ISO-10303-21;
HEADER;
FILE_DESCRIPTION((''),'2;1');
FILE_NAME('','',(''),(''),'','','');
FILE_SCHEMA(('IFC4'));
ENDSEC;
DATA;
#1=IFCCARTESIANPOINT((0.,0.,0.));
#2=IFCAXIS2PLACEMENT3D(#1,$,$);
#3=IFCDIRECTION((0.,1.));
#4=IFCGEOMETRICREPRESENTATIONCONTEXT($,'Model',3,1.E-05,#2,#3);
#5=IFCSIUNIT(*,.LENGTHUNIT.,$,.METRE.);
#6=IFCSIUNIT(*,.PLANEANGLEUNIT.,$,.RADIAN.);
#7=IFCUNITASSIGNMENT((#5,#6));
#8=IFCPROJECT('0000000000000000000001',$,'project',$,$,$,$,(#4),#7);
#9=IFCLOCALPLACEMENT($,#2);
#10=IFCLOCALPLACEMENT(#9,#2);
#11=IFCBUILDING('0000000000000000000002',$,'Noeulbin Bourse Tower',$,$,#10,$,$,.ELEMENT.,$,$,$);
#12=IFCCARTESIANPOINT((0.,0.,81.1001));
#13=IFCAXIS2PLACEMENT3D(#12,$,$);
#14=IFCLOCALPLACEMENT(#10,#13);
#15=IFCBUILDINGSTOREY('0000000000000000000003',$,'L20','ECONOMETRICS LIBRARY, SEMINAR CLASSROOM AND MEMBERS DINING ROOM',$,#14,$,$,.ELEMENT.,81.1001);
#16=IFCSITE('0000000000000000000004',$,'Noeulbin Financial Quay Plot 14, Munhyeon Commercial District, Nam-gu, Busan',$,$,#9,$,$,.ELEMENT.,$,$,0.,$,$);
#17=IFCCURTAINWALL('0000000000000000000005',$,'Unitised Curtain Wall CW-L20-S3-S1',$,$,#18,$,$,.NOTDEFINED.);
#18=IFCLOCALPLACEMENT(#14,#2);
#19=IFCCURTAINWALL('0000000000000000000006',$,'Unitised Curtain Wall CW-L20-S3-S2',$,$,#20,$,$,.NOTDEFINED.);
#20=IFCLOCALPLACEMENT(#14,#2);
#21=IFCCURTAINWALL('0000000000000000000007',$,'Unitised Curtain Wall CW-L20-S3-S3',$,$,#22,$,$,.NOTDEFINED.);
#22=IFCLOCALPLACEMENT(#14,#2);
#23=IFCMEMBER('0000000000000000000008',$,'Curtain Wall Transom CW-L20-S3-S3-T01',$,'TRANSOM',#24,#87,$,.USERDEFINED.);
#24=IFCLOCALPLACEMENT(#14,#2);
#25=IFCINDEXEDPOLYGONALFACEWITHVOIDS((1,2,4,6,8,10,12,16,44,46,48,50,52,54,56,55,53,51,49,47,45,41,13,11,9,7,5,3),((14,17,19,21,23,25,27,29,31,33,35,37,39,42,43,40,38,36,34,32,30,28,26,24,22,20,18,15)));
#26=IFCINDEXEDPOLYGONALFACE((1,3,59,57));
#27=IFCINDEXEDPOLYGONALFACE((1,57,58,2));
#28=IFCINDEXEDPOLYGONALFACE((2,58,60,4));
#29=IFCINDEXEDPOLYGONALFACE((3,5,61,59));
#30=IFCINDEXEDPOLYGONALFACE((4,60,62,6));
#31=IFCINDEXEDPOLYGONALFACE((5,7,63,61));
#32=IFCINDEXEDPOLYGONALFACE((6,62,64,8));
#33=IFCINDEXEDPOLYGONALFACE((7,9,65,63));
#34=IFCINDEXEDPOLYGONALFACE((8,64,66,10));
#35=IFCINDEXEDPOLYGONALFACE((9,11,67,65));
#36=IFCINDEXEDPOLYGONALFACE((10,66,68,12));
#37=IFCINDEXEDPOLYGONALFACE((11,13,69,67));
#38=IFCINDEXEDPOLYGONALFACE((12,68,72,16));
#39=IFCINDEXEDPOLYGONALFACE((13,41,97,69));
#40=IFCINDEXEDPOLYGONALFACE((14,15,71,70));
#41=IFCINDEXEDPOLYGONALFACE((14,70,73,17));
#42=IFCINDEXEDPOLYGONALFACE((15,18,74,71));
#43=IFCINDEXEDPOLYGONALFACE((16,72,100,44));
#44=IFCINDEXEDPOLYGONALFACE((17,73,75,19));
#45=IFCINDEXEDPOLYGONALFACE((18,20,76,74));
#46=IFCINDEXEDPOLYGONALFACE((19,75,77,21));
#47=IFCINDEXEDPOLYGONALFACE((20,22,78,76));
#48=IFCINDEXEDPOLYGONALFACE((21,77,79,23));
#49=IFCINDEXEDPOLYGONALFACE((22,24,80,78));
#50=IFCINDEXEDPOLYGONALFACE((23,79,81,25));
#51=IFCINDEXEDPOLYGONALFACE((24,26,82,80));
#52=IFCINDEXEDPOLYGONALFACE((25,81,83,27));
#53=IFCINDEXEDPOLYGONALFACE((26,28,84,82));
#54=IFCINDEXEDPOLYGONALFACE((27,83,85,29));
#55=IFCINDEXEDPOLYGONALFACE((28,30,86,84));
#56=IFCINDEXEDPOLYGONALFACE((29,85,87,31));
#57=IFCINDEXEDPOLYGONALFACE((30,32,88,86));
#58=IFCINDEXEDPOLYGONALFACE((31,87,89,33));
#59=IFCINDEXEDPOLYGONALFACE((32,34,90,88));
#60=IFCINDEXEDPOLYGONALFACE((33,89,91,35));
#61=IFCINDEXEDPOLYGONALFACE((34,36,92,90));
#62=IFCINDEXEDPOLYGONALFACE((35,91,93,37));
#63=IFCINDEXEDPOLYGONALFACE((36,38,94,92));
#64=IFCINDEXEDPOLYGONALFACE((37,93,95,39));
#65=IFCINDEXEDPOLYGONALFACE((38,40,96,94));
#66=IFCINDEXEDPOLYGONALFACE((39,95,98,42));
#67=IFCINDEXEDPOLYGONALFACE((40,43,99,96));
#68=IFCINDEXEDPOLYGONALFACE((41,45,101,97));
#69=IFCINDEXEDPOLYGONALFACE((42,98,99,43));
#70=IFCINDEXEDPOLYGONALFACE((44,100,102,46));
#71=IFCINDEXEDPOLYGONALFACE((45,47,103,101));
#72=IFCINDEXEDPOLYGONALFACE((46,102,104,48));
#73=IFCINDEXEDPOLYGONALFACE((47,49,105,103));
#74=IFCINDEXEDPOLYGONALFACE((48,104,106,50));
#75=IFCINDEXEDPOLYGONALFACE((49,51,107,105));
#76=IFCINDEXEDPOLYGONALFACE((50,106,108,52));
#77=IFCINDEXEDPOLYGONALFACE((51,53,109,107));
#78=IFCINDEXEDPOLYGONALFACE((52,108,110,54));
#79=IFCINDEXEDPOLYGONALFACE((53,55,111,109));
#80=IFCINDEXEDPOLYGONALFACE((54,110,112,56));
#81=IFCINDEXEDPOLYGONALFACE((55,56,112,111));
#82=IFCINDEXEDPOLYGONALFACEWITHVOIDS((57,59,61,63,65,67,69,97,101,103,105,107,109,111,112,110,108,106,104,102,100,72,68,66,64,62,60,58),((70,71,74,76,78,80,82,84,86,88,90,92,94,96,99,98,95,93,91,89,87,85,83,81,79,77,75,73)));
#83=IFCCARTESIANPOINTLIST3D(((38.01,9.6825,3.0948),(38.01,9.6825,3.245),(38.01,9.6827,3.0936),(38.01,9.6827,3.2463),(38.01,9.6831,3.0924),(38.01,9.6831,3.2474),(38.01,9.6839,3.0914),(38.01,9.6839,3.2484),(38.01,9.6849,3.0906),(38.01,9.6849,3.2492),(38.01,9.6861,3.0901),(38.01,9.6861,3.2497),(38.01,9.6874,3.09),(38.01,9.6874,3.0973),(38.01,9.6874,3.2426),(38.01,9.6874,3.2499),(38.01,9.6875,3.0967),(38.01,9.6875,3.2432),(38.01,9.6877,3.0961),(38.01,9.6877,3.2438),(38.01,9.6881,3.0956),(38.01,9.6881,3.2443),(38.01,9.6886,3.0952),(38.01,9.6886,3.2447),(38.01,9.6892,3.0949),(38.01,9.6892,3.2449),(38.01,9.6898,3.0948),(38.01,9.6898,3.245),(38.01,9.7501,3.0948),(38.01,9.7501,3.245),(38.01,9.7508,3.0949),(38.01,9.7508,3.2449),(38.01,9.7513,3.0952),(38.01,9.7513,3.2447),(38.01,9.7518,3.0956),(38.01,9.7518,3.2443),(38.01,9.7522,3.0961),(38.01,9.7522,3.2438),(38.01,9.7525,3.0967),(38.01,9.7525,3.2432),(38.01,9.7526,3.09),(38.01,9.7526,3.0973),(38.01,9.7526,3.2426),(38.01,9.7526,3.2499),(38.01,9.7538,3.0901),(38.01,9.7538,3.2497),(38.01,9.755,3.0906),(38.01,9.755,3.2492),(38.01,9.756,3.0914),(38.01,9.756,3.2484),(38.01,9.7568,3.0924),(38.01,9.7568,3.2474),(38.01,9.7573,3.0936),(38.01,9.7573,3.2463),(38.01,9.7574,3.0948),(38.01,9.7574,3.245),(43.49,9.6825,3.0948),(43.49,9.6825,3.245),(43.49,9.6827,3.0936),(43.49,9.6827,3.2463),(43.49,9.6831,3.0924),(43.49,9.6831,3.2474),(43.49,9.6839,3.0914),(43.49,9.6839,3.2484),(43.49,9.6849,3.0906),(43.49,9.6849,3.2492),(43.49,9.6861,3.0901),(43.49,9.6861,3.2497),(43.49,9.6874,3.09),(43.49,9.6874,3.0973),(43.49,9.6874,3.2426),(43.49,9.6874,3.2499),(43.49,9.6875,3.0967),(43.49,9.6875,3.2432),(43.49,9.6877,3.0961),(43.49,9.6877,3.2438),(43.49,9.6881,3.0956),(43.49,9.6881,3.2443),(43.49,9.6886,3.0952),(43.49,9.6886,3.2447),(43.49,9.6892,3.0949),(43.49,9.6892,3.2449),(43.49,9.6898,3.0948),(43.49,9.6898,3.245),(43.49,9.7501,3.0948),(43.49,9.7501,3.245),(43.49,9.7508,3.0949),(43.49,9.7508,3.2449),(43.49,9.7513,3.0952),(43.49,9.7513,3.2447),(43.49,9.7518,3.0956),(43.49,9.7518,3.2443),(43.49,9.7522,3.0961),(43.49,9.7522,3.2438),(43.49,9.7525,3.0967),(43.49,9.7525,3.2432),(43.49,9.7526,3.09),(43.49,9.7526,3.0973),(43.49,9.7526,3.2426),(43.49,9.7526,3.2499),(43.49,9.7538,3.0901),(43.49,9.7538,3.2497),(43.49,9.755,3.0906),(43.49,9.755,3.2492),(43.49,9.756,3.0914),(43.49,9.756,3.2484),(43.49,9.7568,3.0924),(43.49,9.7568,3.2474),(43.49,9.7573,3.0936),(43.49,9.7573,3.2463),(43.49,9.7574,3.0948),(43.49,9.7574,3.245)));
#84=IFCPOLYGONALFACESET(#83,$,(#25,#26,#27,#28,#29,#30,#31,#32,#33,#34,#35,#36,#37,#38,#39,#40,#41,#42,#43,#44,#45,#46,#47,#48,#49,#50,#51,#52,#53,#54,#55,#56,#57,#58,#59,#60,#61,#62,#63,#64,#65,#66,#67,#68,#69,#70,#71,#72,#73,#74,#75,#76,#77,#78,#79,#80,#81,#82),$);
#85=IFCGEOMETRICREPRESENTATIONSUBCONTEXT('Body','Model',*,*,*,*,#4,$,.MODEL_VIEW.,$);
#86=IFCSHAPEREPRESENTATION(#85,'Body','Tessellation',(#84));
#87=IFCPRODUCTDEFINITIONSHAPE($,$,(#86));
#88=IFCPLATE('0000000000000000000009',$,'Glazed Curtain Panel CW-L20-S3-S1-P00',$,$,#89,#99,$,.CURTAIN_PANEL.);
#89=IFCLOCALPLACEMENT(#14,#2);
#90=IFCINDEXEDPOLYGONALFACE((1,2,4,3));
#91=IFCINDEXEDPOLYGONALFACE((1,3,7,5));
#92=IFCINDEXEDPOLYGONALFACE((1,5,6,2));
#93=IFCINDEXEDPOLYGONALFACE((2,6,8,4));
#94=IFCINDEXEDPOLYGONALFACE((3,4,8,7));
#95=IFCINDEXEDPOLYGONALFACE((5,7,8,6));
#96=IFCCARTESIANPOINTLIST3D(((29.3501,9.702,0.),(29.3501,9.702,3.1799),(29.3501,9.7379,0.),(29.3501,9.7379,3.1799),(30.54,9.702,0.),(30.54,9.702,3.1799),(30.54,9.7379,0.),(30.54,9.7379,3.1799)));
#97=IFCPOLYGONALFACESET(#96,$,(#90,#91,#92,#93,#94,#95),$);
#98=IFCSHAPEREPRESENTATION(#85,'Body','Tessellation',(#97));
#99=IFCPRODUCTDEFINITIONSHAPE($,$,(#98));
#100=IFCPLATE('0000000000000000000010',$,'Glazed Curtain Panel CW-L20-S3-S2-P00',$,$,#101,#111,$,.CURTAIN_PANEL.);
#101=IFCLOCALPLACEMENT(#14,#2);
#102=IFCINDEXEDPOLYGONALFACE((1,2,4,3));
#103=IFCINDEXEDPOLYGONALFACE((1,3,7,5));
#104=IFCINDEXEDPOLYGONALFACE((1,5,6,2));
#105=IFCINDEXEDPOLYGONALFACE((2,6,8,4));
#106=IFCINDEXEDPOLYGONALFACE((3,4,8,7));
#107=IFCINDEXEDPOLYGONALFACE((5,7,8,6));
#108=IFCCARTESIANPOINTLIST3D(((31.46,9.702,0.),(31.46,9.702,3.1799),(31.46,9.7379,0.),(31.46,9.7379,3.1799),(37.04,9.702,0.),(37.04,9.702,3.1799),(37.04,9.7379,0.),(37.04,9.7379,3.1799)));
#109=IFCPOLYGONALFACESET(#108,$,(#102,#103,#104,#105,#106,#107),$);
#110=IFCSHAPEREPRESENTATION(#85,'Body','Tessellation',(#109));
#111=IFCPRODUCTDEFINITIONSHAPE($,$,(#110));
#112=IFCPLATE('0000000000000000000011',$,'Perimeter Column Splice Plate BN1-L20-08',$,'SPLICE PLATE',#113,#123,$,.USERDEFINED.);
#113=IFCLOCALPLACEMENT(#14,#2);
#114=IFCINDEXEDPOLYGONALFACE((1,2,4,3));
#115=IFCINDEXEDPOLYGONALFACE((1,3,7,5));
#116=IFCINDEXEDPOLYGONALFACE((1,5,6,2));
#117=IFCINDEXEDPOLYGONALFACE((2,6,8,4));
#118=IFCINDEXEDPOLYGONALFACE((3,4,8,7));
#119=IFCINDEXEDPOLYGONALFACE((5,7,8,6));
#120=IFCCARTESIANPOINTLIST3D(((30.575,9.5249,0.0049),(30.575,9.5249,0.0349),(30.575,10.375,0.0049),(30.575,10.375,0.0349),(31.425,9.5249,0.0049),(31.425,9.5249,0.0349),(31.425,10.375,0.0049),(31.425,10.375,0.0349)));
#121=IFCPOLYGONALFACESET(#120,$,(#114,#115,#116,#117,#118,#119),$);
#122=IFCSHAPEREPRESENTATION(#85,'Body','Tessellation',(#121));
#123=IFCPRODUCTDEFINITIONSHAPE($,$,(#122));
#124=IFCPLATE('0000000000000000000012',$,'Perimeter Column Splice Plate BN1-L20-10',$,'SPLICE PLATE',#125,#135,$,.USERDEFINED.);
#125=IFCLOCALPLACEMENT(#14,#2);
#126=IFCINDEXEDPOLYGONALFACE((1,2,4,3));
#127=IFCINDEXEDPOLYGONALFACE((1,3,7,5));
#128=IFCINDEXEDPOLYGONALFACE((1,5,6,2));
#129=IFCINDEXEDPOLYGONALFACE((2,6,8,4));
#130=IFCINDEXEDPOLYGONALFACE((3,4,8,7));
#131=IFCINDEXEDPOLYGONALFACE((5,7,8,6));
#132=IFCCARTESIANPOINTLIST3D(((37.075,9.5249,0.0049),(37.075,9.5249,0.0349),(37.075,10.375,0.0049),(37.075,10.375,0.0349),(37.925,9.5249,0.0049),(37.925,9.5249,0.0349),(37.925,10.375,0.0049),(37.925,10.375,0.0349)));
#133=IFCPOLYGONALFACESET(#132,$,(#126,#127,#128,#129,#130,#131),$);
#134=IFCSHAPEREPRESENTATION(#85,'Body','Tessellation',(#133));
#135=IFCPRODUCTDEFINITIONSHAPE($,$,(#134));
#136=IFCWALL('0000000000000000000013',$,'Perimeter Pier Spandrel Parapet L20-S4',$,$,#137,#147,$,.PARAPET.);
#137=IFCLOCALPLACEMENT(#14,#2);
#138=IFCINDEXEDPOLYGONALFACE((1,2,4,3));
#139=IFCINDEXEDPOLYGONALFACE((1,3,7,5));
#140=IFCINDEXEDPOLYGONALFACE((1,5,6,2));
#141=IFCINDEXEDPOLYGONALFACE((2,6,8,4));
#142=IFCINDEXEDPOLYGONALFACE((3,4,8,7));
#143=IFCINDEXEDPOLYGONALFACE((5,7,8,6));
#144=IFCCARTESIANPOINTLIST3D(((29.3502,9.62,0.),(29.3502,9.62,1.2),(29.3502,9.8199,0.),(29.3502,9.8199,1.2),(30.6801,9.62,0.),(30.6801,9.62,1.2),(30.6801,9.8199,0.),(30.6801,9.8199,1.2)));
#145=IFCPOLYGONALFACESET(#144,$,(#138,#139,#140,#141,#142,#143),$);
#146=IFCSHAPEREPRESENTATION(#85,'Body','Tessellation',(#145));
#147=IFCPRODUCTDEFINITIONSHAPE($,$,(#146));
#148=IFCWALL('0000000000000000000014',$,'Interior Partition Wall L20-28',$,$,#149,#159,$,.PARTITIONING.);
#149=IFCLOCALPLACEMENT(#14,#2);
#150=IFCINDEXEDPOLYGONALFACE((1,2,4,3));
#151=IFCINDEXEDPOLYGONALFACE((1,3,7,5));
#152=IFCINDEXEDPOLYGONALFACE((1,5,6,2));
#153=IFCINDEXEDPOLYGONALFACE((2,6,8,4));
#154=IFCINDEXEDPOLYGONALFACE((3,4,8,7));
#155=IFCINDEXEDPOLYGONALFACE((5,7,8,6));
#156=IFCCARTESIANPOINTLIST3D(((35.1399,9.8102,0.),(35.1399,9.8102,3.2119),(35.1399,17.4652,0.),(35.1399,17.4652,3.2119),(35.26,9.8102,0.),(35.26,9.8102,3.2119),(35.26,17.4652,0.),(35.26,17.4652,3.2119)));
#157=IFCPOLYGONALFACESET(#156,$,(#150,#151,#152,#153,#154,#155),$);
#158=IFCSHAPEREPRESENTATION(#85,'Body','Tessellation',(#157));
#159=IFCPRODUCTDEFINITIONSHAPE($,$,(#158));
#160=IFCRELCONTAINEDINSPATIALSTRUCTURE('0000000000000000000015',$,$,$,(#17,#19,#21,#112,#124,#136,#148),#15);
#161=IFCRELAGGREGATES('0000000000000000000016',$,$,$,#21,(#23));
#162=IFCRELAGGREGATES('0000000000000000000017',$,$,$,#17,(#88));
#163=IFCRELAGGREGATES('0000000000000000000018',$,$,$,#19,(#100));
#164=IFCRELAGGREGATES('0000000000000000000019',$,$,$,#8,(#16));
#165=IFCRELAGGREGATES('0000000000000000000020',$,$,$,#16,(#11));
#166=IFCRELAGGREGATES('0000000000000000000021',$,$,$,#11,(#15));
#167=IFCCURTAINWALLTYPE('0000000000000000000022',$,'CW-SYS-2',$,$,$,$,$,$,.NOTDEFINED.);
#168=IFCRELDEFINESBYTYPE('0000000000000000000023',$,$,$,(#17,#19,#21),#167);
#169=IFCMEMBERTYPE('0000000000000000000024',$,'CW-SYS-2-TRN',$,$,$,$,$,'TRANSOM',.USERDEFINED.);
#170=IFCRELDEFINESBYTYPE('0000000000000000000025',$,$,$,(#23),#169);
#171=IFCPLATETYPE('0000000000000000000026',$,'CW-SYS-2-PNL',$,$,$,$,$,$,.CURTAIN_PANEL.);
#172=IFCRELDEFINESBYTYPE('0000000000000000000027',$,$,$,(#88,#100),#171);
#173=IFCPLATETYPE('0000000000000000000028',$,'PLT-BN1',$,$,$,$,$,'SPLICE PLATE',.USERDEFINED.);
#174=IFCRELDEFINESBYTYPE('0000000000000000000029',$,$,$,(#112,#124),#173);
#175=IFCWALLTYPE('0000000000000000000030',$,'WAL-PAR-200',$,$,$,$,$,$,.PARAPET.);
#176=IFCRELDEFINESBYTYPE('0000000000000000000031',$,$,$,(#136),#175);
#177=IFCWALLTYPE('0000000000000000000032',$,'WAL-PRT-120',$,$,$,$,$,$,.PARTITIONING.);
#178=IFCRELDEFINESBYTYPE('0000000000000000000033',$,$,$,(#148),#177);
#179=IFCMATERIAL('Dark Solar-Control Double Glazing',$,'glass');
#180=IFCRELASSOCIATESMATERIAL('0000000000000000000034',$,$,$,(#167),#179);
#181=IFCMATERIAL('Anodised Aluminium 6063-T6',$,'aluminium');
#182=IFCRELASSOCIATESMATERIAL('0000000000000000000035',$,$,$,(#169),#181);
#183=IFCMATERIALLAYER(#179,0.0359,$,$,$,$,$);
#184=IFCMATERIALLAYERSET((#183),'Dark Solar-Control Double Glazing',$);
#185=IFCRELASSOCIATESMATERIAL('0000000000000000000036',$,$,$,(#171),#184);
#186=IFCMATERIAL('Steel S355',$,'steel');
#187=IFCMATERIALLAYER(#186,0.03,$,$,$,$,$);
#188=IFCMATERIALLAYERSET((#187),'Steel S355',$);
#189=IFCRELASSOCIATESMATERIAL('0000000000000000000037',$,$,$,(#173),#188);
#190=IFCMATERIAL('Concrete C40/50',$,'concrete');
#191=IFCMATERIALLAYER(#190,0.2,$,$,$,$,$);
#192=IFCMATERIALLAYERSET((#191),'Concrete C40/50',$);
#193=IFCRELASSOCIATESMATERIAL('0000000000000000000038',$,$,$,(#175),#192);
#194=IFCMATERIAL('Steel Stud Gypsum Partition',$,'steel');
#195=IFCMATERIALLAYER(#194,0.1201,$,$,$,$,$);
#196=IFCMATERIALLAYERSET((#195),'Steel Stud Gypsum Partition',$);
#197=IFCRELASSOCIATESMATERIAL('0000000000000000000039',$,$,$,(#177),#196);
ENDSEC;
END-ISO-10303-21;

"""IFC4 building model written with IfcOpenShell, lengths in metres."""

from ifc_helpers import new_model, si_unit, direction, frame, frame_2d, origin, origin_2d, place, context, subcontext, project, spatial, rectangle, hollow_rectangle, extrude, material, layer, layer_set, material_profile, profile_set, type_object, element, aggregate, save


model = new_model("IFC4")

# Units and contexts
model_context = context("Model", 3, precision=1e-05, world=origin(), true_north=direction((0.0, 1.0)))
body_context = subcontext(model_context, "Body", "Model", "MODEL_VIEW")
ifc_project = project(units=[si_unit("LENGTHUNIT", "METRE"), si_unit("PLANEANGLEUNIT", "RADIAN")], contexts=[model_context])

# Site, building, storey
site_placement = place(None, origin())
site = spatial("IfcSite", under=ifc_project, at=site_placement, Name="Noeulbin Financial Quay Plot 14, Munhyeon Commercial District, Nam-gu, Busan", CompositionType="ELEMENT", RefElevation=0.0)
building_placement = place(site_placement, origin())
building = spatial("IfcBuilding", under=site, at=building_placement, Name="Noeulbin Bourse Tower", CompositionType="ELEMENT")
storey_placement = place(building_placement, frame((0.0, 0.0, 81.1001)))
storey = spatial("IfcBuildingStorey", under=building, at=storey_placement, Name="L20", Description="ECONOMETRICS LIBRARY, SEMINAR CLASSROOM AND MEMBERS DINING ROOM", CompositionType="ELEMENT", Elevation=81.1001)

# Shared definitions
ifc_material_1 = material(Name="Steel S355", Category="steel")

# Curtain walls
ifc_material_2 = material(Name="Dark Solar-Control Double Glazing", Category="glass")
curtain_wall_type = type_object("IfcCurtainWallType", Name="CW-SYS-2", PredefinedType="NOTDEFINED", material=ifc_material_2)
curtain_wall_1_placement = place(storey_placement, origin())
curtain_wall_1 = element("IfcCurtainWall", 1, at=curtain_wall_1_placement, inside=storey, type_object=curtain_wall_type, Name="Unitised Curtain Wall CW-L20-S3-S1", PredefinedType="NOTDEFINED")
ifc_material_3 = material(Name="Anodised Aluminium 6063-T6", Category="aluminium")
curtain_wall_2_placement = place(storey_placement, origin())
curtain_wall_2 = element("IfcCurtainWall", 2, at=curtain_wall_2_placement, inside=storey, type_object=curtain_wall_type, Name="Unitised Curtain Wall CW-L20-S3-S2", PredefinedType="NOTDEFINED")

# Curtain wall
curtain_wall_3_placement = place(storey_placement, origin())
curtain_wall_3 = element("IfcCurtainWall", 3, at=curtain_wall_3_placement, inside=storey, type_object=curtain_wall_type, Name="Unitised Curtain Wall CW-L20-S3-S3", PredefinedType="NOTDEFINED")

# Member
ifc_material_profile_1 = material_profile(ifc_material_3, hollow_rectangle(XDim=0.075, YDim=0.1599, WallThickness=0.0049, InnerFilletRadius=0.0024, OuterFilletRadius=0.0049, at=origin_2d()), Name="ALU-TRAN-75x160x5", Category="LoadBearing")
ifc_profile_set_1 = profile_set([ifc_material_profile_1], Name="Anodised Aluminium 6063-T6")
member_type_1 = type_object("IfcMemberType", Name="CW-SYS-2-TRN", ElementType="TRANSOM", PredefinedType="USERDEFINED", material=ifc_profile_set_1)
member_1_placement = place(storey_placement, frame((38.01, 9.72, 3.1699), z_axis=(1.0, 0.0, 0.0), x_axis=(0.0, 1.0, 0.0)))
member_1 = element("IfcMember", 4, at=member_1_placement, type_object=member_type_1, Name="Curtain Wall Transom CW-L20-S3-S3-T01", ObjectType="TRANSOM", PredefinedType="USERDEFINED", context=body_context, shape_type="SweptSolid", body=[
    extrude(hollow_rectangle(XDim=0.075, YDim=0.1599, WallThickness=0.0049, InnerFilletRadius=0.0024, OuterFilletRadius=0.0049, at=origin_2d()), origin(), (0.0, 0.0, 1.0), 5.48),
])
aggregate(curtain_wall_3, [member_1])

# Plates
ifc_layer_1 = layer(ifc_material_2, 0.0359)
ifc_layer_set_1 = layer_set([ifc_layer_1], Name="Dark Solar-Control Double Glazing")
plate_type_1 = type_object("IfcPlateType", Name="CW-SYS-2-PNL", PredefinedType="CURTAIN_PANEL", material=ifc_layer_set_1)
plate_1_placement = place(storey_placement, frame((29.9451, 9.72, 0.0), z_axis=(0.0, 0.0, 1.0), x_axis=(1.0, 0.0, 0.0)))
plate_1 = element("IfcPlate", 5, at=plate_1_placement, type_object=plate_type_1, Name="Glazed Curtain Panel CW-L20-S3-S1-P00", PredefinedType="CURTAIN_PANEL", context=body_context, shape_type="SweptSolid", body=[
    extrude(rectangle(XDim=1.1899, YDim=0.0359, at=origin_2d()), origin(), (0.0, 0.0, 1.0), 3.1799),
])
aggregate(curtain_wall_1, [plate_1])
plate_2_placement = place(storey_placement, frame((34.25, 9.72, 0.0), z_axis=(0.0, 0.0, 1.0), x_axis=(1.0, 0.0, 0.0)))
plate_2 = element("IfcPlate", 6, at=plate_2_placement, type_object=plate_type_1, Name="Glazed Curtain Panel CW-L20-S3-S2-P00", PredefinedType="CURTAIN_PANEL", context=body_context, shape_type="SweptSolid", body=[
    extrude(rectangle(XDim=5.5801, YDim=0.0359, at=origin_2d()), origin(), (0.0, 0.0, 1.0), 3.1799),
])
aggregate(curtain_wall_2, [plate_2])

# Plates
ifc_layer_2 = layer(ifc_material_1, 0.03)
ifc_layer_set_2 = layer_set([ifc_layer_2], Name="Steel S355")
plate_type_2 = type_object("IfcPlateType", Name="PLT-BN1", ElementType="SPLICE PLATE", PredefinedType="USERDEFINED", material=ifc_layer_set_2)
for number, where, z_axis, x_axis, name in (
    (7, (31.0, 9.95, 0.0049), (0.0, 0.0, 1.0), (1.0, 0.0, 0.0), "Perimeter Column Splice Plate BN1-L20-08"),
    (8, (37.5, 9.95, 0.0049), (0.0, 0.0, 1.0), (1.0, 0.0, 0.0), "Perimeter Column Splice Plate BN1-L20-10"),
):
    element("IfcPlate", number, at=place(storey_placement, frame(where, z_axis=z_axis, x_axis=x_axis)), inside=storey, type_object=plate_type_2, Name=name, ObjectType="SPLICE PLATE", PredefinedType="USERDEFINED", context=body_context, shape_type="SweptSolid", body=[
        extrude(rectangle(XDim=0.8501, YDim=0.8501, at=origin_2d()), origin(), (0.0, 0.0, 1.0), 0.03),
    ])

# Walls
ifc_material_4 = material(Name="Concrete C40/50", Category="concrete")
ifc_layer_3 = layer(ifc_material_4, 0.2)
ifc_layer_set_3 = layer_set([ifc_layer_3], Name="Concrete C40/50")
wall_type_1 = type_object("IfcWallType", Name="WAL-PAR-200", PredefinedType="PARAPET", material=ifc_layer_set_3)
wall_1_placement = place(storey_placement, frame((29.3501, 9.72, 0.0), z_axis=(0.0, 0.0, 1.0), x_axis=(1.0, 0.0, 0.0)))
element("IfcWall", 9, at=wall_1_placement, inside=storey, type_object=wall_type_1, Name="Perimeter Pier Spandrel Parapet L20-S4", PredefinedType="PARAPET", context=body_context, shape_type="SweptSolid", body=[
    extrude(rectangle(XDim=1.3298, YDim=0.2, at=frame_2d((0.665, 0.0))), origin(), (0.0, 0.0, 1.0), 1.2),
])
ifc_material_5 = material(Name="Steel Stud Gypsum Partition", Category="steel")
ifc_layer_4 = layer(ifc_material_5, 0.1201)
ifc_layer_set_4 = layer_set([ifc_layer_4], Name="Steel Stud Gypsum Partition")
wall_type_2 = type_object("IfcWallType", Name="WAL-PRT-120", PredefinedType="PARTITIONING", material=ifc_layer_set_4)
wall_2_placement = place(storey_placement, frame((35.2, 9.8101, 0.0), z_axis=(0.0, 0.0, 1.0), x_axis=(0.0, 1.0, 0.0)))
element("IfcWall", 10, at=wall_2_placement, inside=storey, type_object=wall_type_2, Name="Interior Partition Wall L20-28", PredefinedType="PARTITIONING", context=body_context, shape_type="SweptSolid", body=[
    extrude(rectangle(XDim=7.655, YDim=0.1201, at=frame_2d((3.8276, 0.0))), origin(), (0.0, 0.0, 1.0), 3.2119),
])

save(model, "model.ifc")
